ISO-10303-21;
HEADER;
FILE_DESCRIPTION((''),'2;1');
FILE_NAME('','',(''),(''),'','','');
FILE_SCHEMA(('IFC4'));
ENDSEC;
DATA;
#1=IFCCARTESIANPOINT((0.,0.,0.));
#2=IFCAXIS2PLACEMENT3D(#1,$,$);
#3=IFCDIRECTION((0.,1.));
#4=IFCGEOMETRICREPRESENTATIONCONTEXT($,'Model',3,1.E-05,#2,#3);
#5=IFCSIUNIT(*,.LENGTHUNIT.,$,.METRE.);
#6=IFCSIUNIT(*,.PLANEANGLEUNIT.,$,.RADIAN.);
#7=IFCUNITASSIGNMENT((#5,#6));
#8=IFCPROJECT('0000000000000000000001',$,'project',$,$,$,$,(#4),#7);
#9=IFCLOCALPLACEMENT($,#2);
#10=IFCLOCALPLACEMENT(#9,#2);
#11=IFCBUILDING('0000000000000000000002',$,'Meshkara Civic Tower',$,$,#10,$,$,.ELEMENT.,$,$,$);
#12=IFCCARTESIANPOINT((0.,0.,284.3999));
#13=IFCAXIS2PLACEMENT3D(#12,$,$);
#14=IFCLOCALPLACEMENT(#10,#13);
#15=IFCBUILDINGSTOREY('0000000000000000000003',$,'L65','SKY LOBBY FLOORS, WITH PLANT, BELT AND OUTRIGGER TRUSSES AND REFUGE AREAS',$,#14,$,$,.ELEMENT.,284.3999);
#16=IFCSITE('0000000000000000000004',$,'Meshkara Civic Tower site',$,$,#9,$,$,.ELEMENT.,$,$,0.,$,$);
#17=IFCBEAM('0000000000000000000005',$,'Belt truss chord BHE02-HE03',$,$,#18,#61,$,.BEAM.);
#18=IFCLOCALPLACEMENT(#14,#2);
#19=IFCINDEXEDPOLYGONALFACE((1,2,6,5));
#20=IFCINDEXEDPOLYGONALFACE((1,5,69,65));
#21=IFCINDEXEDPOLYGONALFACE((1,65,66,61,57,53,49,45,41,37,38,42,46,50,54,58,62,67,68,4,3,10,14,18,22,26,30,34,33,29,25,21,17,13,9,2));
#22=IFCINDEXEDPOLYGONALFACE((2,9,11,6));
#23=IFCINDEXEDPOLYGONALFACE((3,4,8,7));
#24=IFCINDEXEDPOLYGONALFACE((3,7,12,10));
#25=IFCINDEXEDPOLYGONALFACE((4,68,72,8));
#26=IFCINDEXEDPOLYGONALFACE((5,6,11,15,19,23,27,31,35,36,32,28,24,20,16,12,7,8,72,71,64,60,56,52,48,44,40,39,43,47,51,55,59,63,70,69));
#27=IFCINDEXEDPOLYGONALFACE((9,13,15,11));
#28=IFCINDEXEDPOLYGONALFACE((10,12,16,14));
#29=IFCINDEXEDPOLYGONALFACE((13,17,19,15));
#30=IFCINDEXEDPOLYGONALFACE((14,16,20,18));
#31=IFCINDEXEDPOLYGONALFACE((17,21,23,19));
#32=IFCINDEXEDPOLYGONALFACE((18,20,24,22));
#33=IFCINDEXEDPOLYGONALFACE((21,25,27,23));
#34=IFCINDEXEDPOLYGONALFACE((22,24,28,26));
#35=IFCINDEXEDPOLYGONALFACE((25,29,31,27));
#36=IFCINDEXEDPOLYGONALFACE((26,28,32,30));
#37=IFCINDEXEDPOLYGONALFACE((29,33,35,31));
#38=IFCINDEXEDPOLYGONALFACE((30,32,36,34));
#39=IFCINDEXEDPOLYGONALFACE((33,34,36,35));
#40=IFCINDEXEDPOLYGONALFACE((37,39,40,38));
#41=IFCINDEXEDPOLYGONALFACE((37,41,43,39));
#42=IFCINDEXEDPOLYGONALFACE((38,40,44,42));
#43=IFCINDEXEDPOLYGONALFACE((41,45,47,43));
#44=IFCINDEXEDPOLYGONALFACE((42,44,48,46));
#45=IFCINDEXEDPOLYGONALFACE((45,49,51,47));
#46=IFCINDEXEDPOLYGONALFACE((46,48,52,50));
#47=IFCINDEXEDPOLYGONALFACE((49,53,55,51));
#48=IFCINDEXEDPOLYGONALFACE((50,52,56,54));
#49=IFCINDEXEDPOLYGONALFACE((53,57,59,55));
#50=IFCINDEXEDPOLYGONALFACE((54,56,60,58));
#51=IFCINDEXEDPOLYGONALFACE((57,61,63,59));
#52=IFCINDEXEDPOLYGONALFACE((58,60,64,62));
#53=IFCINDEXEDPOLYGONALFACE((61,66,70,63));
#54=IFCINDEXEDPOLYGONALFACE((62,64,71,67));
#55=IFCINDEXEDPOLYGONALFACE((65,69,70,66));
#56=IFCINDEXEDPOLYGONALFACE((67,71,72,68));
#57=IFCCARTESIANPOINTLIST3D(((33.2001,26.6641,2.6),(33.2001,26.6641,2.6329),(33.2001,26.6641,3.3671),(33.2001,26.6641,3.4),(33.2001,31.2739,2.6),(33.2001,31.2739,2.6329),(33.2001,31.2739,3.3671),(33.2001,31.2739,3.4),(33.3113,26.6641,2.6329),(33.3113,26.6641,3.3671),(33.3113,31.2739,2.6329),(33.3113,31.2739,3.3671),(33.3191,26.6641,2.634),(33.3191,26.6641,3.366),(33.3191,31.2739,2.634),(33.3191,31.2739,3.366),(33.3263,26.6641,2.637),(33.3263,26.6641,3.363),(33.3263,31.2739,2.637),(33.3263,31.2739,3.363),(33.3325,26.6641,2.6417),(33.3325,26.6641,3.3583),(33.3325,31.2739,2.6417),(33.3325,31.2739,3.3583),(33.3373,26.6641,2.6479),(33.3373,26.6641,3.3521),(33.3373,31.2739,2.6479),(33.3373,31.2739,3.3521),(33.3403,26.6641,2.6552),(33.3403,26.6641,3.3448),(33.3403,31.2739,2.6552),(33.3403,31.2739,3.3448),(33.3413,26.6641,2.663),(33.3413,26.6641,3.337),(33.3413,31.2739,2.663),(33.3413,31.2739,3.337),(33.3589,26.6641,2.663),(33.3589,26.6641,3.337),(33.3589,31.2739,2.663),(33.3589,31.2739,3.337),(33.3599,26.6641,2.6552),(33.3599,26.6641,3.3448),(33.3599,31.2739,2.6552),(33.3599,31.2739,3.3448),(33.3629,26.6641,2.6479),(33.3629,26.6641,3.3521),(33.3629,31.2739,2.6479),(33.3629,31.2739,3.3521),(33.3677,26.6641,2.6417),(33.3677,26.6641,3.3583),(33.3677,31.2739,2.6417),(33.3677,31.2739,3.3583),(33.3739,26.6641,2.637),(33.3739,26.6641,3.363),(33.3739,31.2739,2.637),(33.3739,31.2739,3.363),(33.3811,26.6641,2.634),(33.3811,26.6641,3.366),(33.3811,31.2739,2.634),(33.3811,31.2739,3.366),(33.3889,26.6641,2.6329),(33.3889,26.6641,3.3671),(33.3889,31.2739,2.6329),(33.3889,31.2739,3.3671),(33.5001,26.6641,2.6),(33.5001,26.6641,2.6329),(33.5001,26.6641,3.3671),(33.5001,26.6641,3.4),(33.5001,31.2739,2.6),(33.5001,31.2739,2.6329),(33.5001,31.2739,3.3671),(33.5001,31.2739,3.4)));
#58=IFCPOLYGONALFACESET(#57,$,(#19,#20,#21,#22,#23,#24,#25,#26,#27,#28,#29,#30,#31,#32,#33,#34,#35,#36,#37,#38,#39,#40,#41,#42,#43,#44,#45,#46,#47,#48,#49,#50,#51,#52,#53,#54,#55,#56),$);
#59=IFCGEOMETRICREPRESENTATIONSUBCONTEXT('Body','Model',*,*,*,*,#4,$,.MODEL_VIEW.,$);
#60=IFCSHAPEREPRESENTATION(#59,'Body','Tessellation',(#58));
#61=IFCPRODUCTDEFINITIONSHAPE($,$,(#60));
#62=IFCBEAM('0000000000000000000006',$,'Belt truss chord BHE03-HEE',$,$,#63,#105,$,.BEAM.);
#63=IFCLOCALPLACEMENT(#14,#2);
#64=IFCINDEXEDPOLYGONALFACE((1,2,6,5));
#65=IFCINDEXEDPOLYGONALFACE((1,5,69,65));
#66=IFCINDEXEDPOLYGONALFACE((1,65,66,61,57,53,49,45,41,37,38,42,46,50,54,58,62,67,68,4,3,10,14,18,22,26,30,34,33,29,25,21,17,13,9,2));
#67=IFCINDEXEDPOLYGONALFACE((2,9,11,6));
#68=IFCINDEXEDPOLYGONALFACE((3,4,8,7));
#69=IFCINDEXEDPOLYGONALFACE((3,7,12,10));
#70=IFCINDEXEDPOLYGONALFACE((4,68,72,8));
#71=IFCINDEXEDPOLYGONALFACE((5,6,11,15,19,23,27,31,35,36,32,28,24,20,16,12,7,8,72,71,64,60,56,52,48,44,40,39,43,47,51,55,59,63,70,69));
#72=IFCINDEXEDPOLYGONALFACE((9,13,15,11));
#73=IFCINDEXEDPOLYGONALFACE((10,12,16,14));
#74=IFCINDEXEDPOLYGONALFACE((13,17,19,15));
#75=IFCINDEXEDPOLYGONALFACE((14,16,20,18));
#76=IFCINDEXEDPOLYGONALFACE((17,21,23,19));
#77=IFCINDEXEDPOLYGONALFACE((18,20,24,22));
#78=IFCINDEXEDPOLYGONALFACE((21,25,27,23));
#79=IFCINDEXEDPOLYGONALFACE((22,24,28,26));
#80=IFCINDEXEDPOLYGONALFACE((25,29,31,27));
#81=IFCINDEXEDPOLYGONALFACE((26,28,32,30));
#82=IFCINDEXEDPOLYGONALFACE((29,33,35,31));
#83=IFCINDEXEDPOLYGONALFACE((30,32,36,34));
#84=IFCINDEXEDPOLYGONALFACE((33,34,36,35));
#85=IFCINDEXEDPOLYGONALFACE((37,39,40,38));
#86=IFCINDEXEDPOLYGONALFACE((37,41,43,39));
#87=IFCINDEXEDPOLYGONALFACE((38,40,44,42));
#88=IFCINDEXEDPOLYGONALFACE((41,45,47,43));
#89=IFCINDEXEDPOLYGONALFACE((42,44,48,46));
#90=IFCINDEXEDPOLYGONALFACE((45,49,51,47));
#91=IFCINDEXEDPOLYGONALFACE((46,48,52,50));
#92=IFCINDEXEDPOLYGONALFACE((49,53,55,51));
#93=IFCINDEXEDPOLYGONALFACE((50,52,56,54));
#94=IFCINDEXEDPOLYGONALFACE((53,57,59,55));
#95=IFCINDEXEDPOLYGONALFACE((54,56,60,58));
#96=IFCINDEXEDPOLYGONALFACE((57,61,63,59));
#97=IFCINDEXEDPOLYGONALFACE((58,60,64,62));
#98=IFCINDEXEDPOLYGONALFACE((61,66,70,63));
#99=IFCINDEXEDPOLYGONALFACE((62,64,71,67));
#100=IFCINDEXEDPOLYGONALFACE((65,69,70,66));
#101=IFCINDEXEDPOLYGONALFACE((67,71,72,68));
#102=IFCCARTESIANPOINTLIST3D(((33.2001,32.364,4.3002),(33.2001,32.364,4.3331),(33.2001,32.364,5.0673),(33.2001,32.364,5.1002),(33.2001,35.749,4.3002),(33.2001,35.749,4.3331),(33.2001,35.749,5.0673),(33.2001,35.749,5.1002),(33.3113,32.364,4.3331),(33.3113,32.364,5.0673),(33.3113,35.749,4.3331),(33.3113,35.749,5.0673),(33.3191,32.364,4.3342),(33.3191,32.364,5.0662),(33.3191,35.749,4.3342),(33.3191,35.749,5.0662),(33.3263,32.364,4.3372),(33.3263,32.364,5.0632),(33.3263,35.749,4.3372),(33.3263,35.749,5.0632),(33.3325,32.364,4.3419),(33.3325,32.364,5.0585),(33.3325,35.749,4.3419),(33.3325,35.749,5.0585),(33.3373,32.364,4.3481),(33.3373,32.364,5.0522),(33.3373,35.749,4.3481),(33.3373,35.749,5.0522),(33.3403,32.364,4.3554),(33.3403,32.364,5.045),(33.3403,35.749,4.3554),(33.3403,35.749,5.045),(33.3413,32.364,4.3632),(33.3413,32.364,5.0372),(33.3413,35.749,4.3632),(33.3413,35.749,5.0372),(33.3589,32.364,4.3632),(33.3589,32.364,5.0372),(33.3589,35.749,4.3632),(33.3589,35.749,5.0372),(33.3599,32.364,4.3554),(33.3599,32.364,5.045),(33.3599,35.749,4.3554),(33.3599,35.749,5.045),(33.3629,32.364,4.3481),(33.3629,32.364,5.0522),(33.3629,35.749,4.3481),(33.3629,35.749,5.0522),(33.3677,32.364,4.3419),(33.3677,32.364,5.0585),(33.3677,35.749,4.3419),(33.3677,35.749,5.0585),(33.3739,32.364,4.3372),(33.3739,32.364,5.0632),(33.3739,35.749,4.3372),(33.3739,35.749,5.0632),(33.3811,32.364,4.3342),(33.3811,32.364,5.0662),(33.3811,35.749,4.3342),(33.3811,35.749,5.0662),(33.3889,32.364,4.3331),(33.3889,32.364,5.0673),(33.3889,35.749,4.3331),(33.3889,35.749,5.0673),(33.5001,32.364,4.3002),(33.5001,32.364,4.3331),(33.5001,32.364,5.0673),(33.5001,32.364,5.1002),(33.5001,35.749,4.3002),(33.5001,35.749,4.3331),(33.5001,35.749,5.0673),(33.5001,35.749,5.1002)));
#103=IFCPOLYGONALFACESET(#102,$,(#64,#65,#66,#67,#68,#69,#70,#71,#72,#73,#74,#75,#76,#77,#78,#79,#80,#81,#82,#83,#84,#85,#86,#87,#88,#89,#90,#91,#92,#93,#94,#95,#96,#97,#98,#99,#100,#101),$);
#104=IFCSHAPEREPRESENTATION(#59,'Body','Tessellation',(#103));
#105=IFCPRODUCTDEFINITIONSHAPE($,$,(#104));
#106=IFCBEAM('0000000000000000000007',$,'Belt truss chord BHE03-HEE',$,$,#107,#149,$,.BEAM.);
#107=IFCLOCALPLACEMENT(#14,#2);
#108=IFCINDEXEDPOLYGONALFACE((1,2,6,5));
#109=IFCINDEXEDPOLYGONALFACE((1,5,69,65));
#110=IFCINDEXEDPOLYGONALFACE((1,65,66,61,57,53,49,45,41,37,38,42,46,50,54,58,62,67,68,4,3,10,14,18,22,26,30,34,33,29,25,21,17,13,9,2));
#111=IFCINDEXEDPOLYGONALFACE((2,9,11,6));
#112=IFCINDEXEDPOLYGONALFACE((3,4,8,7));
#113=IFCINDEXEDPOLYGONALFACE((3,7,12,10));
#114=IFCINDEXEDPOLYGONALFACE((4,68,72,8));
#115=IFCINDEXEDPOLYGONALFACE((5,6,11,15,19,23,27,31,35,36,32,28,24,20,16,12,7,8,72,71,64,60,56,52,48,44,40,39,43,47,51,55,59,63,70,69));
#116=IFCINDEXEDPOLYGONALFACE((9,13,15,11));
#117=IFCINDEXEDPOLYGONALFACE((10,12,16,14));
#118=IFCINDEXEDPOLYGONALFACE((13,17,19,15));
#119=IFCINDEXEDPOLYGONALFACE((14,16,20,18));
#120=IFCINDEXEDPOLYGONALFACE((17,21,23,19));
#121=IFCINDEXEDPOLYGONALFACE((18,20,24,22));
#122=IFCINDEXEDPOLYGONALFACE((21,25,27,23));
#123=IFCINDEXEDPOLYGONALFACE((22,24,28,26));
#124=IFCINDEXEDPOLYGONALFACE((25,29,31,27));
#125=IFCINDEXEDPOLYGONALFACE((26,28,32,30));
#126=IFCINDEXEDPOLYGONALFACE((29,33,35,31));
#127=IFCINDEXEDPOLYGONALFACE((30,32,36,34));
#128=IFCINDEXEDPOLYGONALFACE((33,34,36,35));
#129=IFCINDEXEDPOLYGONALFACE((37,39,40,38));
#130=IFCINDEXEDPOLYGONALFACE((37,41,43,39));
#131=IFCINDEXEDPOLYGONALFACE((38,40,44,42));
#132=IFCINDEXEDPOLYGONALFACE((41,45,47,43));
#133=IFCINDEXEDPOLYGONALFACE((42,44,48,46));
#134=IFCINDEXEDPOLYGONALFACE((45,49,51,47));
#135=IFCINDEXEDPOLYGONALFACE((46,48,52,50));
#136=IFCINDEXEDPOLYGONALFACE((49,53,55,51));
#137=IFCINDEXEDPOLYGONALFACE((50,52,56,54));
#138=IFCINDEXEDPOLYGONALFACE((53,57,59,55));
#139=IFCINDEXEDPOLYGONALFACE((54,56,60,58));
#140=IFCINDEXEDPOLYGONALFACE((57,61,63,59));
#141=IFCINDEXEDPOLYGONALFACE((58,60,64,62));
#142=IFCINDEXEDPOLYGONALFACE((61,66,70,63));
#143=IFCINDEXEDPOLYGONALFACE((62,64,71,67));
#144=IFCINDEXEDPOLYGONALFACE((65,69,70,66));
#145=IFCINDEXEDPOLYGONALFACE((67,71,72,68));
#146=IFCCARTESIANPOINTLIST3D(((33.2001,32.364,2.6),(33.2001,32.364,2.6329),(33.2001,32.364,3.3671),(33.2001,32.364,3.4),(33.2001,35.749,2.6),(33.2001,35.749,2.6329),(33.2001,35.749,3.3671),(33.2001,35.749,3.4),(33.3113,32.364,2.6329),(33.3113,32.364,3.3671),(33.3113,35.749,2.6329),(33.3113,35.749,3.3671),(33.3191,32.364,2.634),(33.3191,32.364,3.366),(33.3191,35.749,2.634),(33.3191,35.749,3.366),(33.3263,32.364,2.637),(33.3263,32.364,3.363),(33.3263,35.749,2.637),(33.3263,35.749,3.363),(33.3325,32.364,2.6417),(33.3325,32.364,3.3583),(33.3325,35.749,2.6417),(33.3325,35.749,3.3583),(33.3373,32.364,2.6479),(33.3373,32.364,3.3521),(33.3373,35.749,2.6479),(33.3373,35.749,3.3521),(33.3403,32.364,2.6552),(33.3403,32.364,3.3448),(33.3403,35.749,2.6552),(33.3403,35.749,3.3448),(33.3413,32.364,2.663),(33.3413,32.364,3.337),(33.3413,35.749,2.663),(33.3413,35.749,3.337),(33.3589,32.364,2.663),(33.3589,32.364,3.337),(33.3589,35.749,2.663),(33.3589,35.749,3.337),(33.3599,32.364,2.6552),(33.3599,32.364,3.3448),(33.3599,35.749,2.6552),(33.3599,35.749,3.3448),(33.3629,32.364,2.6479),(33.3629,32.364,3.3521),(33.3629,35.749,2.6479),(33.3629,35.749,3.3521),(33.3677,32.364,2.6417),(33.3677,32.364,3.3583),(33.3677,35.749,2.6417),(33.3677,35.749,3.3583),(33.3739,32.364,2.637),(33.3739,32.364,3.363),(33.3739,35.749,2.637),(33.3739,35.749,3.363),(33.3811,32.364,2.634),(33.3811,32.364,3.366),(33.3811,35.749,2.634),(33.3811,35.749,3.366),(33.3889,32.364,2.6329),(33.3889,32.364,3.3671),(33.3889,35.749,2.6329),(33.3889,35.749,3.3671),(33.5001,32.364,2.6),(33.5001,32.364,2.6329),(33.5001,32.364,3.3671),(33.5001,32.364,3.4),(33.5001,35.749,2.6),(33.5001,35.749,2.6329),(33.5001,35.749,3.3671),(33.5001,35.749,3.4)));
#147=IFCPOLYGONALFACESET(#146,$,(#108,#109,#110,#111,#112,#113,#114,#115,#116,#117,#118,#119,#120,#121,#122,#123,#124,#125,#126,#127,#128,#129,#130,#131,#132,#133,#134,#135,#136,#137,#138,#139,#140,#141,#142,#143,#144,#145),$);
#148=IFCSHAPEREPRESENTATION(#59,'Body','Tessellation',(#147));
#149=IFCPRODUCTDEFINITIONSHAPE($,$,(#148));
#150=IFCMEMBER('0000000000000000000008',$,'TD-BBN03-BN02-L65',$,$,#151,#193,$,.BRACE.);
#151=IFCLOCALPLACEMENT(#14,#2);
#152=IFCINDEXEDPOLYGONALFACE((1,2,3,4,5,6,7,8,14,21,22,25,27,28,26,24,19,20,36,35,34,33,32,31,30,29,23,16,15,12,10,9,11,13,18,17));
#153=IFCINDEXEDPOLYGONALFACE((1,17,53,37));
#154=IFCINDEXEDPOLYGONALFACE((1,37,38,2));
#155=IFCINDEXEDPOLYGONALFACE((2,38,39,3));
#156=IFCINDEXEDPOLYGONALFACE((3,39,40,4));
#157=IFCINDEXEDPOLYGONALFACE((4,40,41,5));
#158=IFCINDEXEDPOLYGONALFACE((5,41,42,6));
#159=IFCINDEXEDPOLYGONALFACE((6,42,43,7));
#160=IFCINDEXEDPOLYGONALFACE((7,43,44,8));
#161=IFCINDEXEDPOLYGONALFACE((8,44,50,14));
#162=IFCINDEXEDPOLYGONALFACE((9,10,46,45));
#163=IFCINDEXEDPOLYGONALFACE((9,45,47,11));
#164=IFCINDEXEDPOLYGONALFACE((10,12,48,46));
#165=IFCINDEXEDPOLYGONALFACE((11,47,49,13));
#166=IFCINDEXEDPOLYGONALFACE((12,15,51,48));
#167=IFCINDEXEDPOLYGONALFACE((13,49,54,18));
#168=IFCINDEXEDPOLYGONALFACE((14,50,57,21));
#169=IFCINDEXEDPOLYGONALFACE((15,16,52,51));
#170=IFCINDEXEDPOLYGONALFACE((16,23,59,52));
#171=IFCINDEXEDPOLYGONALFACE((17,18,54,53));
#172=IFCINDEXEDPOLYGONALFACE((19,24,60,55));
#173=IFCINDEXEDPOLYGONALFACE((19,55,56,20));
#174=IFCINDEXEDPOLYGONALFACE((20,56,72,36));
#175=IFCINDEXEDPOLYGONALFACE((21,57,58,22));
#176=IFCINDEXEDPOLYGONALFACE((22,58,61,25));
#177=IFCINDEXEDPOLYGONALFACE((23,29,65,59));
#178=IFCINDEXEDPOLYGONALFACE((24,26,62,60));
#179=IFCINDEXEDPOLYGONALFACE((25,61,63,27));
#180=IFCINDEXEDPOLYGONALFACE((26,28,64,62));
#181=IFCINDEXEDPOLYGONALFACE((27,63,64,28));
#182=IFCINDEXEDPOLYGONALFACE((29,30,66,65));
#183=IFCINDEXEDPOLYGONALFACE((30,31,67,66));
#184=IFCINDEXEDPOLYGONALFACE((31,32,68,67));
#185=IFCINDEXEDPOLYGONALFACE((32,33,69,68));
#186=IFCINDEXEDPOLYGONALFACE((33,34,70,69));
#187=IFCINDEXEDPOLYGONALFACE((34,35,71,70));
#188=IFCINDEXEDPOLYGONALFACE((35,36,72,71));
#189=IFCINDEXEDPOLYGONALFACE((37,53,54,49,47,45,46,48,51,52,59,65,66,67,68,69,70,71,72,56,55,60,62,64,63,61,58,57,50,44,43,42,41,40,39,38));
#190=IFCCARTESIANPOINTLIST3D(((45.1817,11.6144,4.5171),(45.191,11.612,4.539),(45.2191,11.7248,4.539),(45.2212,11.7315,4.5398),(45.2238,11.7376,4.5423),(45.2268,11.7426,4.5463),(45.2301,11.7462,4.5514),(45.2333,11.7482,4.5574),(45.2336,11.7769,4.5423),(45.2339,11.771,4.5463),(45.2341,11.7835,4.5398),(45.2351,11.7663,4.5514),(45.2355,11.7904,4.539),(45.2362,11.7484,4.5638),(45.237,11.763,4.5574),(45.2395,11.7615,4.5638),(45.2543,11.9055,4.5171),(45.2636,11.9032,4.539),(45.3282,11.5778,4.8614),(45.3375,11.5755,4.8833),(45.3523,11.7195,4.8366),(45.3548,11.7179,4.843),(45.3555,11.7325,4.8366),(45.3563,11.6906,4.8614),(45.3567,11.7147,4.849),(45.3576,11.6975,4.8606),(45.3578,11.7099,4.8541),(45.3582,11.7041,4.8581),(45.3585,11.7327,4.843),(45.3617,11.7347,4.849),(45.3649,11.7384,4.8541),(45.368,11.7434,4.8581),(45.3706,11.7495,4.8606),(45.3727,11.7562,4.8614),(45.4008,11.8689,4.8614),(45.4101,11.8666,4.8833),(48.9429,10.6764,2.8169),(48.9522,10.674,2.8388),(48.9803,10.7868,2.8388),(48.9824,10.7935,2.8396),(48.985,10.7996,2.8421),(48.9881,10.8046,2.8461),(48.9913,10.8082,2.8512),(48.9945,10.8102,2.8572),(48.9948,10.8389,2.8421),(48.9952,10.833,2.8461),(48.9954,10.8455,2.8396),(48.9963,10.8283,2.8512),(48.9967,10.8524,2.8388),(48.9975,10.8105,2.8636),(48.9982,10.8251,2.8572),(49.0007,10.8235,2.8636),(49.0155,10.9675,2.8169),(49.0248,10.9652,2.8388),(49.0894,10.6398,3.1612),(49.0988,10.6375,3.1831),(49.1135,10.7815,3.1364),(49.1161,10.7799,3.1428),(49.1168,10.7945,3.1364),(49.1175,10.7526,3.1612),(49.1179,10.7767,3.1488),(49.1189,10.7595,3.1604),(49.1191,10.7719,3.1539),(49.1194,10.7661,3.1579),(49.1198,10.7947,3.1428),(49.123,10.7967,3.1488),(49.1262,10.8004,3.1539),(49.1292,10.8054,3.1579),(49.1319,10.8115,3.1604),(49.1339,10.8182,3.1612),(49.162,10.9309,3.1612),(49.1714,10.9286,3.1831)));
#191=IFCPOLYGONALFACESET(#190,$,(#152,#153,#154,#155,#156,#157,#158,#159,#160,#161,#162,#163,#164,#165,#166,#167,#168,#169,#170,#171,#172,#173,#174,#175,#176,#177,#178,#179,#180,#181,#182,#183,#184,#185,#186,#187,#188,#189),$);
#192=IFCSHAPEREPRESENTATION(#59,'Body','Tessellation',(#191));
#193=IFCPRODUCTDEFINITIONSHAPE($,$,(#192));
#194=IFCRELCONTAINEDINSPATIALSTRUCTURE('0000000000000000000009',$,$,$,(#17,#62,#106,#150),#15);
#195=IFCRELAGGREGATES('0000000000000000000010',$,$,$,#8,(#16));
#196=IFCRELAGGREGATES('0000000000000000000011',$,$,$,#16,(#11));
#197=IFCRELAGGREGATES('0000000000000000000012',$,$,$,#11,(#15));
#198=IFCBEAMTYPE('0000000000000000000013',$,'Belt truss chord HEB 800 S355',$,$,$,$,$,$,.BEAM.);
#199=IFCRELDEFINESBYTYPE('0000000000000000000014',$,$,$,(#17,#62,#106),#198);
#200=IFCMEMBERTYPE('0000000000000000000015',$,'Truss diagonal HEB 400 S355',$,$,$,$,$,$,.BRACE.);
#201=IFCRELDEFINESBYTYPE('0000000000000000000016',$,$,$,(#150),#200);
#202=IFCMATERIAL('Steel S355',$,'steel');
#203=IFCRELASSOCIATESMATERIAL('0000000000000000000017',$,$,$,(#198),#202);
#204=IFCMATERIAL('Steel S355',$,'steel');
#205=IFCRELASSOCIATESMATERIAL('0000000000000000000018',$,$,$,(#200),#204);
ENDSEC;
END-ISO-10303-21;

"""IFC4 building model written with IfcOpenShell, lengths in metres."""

from ifc_helpers import new_model, si_unit, direction, frame, origin, origin_2d, place, context, subcontext, project, spatial, i_section, extrude, material, material_profile, profile_set, type_object, element, save


model = new_model("IFC4")

# Units and contexts
model_context = context("Model", 3, precision=1e-05, world=origin(), true_north=direction((0.0, 1.0)))
body_context = subcontext(model_context, "Body", "Model", "MODEL_VIEW")
ifc_project = project(units=[si_unit("LENGTHUNIT", "METRE"), si_unit("PLANEANGLEUNIT", "RADIAN")], contexts=[model_context])

# Site, building, storey
site_placement = place(None, origin())
site = spatial("IfcSite", under=ifc_project, at=site_placement, Name="Meshkara Civic Tower site", CompositionType="ELEMENT", RefElevation=0.0)
building_placement = place(site_placement, origin())
building = spatial("IfcBuilding", under=site, at=building_placement, Name="Meshkara Civic Tower", CompositionType="ELEMENT")
storey_placement = place(building_placement, frame((0.0, 0.0, 284.3999)))
storey = spatial("IfcBuildingStorey", under=building, at=storey_placement, Name="L65", Description="SKY LOBBY FLOORS, WITH PLANT, BELT AND OUTRIGGER TRUSSES AND REFUGE AREAS", CompositionType="ELEMENT", Elevation=284.3999)

# Beams
ifc_material_1 = material(Name="Steel S355", Category="steel")
ifc_material_profile_1 = material_profile(ifc_material_1, i_section(OverallWidth=0.3, OverallDepth=0.8, WebThickness=0.0176, FlangeThickness=0.033, FilletRadius=0.03, at=origin_2d()))
ifc_profile_set_1 = profile_set([ifc_material_profile_1], Name="Steel S355")
beam_type = type_object("IfcBeamType", Name="Belt truss chord HEB 800 S355", PredefinedType="BEAM", material=ifc_profile_set_1)
for number, where, z_axis, x_axis, name in (
    (1, (33.3501, 26.6641, 3.0), (0.0, 1.0, 0.0), (-1.0, 0.0, 0.0), "Belt truss chord BHE02-HE03"),
):
    element("IfcBeam", number, at=place(storey_placement, frame(where, z_axis=z_axis, x_axis=x_axis)), inside=storey, type_object=beam_type, Name=name, PredefinedType="BEAM", context=body_context, shape_type="SweptSolid", body=[
        extrude(i_section(OverallWidth=0.3, OverallDepth=0.8, WebThickness=0.0176, FlangeThickness=0.033, FilletRadius=0.03, at=origin_2d()), origin(), (0.0, 0.0, 1.0), 4.6099),
    ])
for number, where, z_axis, x_axis, name in (
    (2, (33.3501, 32.364, 4.7002), (0.0, 1.0, 0.0), (-1.0, 0.0, 0.0), "Belt truss chord BHE03-HEE"),
    (3, (33.3501, 32.364, 3.0), (0.0, 1.0, 0.0), (-1.0, 0.0, 0.0), "Belt truss chord BHE03-HEE"),
):
    element("IfcBeam", number, at=place(storey_placement, frame(where, z_axis=z_axis, x_axis=x_axis)), inside=storey, type_object=beam_type, Name=name, PredefinedType="BEAM", context=body_context, shape_type="SweptSolid", body=[
        extrude(i_section(OverallWidth=0.3, OverallDepth=0.8, WebThickness=0.0176, FlangeThickness=0.033, FilletRadius=0.03, at=origin_2d()), origin(), (0.0, 0.0, 1.0), 3.385),
    ])

# Member
ifc_material_2 = material(Name="Steel S355", Category="steel")
ifc_material_profile_2 = material_profile(ifc_material_2, i_section(OverallWidth=0.3, OverallDepth=0.3999, WebThickness=0.0134, FlangeThickness=0.0239, FilletRadius=0.0271, at=origin_2d()))
ifc_profile_set_2 = profile_set([ifc_material_profile_2], Name="Steel S355")
member_type = type_object("IfcMemberType", Name="Truss diagonal HEB 400 S355", PredefinedType="BRACE", material=ifc_profile_set_2)
member_1_placement = place(storey_placement, frame((49.0571, 10.8025, 3.0), z_axis=(-0.888573, 0.221595, 0.401663), x_axis=(-0.241972, -0.970283, 0.0)))
element("IfcMember", 4, at=member_1_placement, inside=storey, type_object=member_type, Name="TD-BBN03-BN02-L65", PredefinedType="BRACE", context=body_context, shape_type="SweptSolid", body=[
    extrude(i_section(OverallWidth=0.3, OverallDepth=0.3999, WebThickness=0.0134, FlangeThickness=0.0239, FilletRadius=0.0271, at=origin_2d()), origin(), (0.0, 0.0, 1.0), 4.2329),
])

save(model, "model.ifc")
